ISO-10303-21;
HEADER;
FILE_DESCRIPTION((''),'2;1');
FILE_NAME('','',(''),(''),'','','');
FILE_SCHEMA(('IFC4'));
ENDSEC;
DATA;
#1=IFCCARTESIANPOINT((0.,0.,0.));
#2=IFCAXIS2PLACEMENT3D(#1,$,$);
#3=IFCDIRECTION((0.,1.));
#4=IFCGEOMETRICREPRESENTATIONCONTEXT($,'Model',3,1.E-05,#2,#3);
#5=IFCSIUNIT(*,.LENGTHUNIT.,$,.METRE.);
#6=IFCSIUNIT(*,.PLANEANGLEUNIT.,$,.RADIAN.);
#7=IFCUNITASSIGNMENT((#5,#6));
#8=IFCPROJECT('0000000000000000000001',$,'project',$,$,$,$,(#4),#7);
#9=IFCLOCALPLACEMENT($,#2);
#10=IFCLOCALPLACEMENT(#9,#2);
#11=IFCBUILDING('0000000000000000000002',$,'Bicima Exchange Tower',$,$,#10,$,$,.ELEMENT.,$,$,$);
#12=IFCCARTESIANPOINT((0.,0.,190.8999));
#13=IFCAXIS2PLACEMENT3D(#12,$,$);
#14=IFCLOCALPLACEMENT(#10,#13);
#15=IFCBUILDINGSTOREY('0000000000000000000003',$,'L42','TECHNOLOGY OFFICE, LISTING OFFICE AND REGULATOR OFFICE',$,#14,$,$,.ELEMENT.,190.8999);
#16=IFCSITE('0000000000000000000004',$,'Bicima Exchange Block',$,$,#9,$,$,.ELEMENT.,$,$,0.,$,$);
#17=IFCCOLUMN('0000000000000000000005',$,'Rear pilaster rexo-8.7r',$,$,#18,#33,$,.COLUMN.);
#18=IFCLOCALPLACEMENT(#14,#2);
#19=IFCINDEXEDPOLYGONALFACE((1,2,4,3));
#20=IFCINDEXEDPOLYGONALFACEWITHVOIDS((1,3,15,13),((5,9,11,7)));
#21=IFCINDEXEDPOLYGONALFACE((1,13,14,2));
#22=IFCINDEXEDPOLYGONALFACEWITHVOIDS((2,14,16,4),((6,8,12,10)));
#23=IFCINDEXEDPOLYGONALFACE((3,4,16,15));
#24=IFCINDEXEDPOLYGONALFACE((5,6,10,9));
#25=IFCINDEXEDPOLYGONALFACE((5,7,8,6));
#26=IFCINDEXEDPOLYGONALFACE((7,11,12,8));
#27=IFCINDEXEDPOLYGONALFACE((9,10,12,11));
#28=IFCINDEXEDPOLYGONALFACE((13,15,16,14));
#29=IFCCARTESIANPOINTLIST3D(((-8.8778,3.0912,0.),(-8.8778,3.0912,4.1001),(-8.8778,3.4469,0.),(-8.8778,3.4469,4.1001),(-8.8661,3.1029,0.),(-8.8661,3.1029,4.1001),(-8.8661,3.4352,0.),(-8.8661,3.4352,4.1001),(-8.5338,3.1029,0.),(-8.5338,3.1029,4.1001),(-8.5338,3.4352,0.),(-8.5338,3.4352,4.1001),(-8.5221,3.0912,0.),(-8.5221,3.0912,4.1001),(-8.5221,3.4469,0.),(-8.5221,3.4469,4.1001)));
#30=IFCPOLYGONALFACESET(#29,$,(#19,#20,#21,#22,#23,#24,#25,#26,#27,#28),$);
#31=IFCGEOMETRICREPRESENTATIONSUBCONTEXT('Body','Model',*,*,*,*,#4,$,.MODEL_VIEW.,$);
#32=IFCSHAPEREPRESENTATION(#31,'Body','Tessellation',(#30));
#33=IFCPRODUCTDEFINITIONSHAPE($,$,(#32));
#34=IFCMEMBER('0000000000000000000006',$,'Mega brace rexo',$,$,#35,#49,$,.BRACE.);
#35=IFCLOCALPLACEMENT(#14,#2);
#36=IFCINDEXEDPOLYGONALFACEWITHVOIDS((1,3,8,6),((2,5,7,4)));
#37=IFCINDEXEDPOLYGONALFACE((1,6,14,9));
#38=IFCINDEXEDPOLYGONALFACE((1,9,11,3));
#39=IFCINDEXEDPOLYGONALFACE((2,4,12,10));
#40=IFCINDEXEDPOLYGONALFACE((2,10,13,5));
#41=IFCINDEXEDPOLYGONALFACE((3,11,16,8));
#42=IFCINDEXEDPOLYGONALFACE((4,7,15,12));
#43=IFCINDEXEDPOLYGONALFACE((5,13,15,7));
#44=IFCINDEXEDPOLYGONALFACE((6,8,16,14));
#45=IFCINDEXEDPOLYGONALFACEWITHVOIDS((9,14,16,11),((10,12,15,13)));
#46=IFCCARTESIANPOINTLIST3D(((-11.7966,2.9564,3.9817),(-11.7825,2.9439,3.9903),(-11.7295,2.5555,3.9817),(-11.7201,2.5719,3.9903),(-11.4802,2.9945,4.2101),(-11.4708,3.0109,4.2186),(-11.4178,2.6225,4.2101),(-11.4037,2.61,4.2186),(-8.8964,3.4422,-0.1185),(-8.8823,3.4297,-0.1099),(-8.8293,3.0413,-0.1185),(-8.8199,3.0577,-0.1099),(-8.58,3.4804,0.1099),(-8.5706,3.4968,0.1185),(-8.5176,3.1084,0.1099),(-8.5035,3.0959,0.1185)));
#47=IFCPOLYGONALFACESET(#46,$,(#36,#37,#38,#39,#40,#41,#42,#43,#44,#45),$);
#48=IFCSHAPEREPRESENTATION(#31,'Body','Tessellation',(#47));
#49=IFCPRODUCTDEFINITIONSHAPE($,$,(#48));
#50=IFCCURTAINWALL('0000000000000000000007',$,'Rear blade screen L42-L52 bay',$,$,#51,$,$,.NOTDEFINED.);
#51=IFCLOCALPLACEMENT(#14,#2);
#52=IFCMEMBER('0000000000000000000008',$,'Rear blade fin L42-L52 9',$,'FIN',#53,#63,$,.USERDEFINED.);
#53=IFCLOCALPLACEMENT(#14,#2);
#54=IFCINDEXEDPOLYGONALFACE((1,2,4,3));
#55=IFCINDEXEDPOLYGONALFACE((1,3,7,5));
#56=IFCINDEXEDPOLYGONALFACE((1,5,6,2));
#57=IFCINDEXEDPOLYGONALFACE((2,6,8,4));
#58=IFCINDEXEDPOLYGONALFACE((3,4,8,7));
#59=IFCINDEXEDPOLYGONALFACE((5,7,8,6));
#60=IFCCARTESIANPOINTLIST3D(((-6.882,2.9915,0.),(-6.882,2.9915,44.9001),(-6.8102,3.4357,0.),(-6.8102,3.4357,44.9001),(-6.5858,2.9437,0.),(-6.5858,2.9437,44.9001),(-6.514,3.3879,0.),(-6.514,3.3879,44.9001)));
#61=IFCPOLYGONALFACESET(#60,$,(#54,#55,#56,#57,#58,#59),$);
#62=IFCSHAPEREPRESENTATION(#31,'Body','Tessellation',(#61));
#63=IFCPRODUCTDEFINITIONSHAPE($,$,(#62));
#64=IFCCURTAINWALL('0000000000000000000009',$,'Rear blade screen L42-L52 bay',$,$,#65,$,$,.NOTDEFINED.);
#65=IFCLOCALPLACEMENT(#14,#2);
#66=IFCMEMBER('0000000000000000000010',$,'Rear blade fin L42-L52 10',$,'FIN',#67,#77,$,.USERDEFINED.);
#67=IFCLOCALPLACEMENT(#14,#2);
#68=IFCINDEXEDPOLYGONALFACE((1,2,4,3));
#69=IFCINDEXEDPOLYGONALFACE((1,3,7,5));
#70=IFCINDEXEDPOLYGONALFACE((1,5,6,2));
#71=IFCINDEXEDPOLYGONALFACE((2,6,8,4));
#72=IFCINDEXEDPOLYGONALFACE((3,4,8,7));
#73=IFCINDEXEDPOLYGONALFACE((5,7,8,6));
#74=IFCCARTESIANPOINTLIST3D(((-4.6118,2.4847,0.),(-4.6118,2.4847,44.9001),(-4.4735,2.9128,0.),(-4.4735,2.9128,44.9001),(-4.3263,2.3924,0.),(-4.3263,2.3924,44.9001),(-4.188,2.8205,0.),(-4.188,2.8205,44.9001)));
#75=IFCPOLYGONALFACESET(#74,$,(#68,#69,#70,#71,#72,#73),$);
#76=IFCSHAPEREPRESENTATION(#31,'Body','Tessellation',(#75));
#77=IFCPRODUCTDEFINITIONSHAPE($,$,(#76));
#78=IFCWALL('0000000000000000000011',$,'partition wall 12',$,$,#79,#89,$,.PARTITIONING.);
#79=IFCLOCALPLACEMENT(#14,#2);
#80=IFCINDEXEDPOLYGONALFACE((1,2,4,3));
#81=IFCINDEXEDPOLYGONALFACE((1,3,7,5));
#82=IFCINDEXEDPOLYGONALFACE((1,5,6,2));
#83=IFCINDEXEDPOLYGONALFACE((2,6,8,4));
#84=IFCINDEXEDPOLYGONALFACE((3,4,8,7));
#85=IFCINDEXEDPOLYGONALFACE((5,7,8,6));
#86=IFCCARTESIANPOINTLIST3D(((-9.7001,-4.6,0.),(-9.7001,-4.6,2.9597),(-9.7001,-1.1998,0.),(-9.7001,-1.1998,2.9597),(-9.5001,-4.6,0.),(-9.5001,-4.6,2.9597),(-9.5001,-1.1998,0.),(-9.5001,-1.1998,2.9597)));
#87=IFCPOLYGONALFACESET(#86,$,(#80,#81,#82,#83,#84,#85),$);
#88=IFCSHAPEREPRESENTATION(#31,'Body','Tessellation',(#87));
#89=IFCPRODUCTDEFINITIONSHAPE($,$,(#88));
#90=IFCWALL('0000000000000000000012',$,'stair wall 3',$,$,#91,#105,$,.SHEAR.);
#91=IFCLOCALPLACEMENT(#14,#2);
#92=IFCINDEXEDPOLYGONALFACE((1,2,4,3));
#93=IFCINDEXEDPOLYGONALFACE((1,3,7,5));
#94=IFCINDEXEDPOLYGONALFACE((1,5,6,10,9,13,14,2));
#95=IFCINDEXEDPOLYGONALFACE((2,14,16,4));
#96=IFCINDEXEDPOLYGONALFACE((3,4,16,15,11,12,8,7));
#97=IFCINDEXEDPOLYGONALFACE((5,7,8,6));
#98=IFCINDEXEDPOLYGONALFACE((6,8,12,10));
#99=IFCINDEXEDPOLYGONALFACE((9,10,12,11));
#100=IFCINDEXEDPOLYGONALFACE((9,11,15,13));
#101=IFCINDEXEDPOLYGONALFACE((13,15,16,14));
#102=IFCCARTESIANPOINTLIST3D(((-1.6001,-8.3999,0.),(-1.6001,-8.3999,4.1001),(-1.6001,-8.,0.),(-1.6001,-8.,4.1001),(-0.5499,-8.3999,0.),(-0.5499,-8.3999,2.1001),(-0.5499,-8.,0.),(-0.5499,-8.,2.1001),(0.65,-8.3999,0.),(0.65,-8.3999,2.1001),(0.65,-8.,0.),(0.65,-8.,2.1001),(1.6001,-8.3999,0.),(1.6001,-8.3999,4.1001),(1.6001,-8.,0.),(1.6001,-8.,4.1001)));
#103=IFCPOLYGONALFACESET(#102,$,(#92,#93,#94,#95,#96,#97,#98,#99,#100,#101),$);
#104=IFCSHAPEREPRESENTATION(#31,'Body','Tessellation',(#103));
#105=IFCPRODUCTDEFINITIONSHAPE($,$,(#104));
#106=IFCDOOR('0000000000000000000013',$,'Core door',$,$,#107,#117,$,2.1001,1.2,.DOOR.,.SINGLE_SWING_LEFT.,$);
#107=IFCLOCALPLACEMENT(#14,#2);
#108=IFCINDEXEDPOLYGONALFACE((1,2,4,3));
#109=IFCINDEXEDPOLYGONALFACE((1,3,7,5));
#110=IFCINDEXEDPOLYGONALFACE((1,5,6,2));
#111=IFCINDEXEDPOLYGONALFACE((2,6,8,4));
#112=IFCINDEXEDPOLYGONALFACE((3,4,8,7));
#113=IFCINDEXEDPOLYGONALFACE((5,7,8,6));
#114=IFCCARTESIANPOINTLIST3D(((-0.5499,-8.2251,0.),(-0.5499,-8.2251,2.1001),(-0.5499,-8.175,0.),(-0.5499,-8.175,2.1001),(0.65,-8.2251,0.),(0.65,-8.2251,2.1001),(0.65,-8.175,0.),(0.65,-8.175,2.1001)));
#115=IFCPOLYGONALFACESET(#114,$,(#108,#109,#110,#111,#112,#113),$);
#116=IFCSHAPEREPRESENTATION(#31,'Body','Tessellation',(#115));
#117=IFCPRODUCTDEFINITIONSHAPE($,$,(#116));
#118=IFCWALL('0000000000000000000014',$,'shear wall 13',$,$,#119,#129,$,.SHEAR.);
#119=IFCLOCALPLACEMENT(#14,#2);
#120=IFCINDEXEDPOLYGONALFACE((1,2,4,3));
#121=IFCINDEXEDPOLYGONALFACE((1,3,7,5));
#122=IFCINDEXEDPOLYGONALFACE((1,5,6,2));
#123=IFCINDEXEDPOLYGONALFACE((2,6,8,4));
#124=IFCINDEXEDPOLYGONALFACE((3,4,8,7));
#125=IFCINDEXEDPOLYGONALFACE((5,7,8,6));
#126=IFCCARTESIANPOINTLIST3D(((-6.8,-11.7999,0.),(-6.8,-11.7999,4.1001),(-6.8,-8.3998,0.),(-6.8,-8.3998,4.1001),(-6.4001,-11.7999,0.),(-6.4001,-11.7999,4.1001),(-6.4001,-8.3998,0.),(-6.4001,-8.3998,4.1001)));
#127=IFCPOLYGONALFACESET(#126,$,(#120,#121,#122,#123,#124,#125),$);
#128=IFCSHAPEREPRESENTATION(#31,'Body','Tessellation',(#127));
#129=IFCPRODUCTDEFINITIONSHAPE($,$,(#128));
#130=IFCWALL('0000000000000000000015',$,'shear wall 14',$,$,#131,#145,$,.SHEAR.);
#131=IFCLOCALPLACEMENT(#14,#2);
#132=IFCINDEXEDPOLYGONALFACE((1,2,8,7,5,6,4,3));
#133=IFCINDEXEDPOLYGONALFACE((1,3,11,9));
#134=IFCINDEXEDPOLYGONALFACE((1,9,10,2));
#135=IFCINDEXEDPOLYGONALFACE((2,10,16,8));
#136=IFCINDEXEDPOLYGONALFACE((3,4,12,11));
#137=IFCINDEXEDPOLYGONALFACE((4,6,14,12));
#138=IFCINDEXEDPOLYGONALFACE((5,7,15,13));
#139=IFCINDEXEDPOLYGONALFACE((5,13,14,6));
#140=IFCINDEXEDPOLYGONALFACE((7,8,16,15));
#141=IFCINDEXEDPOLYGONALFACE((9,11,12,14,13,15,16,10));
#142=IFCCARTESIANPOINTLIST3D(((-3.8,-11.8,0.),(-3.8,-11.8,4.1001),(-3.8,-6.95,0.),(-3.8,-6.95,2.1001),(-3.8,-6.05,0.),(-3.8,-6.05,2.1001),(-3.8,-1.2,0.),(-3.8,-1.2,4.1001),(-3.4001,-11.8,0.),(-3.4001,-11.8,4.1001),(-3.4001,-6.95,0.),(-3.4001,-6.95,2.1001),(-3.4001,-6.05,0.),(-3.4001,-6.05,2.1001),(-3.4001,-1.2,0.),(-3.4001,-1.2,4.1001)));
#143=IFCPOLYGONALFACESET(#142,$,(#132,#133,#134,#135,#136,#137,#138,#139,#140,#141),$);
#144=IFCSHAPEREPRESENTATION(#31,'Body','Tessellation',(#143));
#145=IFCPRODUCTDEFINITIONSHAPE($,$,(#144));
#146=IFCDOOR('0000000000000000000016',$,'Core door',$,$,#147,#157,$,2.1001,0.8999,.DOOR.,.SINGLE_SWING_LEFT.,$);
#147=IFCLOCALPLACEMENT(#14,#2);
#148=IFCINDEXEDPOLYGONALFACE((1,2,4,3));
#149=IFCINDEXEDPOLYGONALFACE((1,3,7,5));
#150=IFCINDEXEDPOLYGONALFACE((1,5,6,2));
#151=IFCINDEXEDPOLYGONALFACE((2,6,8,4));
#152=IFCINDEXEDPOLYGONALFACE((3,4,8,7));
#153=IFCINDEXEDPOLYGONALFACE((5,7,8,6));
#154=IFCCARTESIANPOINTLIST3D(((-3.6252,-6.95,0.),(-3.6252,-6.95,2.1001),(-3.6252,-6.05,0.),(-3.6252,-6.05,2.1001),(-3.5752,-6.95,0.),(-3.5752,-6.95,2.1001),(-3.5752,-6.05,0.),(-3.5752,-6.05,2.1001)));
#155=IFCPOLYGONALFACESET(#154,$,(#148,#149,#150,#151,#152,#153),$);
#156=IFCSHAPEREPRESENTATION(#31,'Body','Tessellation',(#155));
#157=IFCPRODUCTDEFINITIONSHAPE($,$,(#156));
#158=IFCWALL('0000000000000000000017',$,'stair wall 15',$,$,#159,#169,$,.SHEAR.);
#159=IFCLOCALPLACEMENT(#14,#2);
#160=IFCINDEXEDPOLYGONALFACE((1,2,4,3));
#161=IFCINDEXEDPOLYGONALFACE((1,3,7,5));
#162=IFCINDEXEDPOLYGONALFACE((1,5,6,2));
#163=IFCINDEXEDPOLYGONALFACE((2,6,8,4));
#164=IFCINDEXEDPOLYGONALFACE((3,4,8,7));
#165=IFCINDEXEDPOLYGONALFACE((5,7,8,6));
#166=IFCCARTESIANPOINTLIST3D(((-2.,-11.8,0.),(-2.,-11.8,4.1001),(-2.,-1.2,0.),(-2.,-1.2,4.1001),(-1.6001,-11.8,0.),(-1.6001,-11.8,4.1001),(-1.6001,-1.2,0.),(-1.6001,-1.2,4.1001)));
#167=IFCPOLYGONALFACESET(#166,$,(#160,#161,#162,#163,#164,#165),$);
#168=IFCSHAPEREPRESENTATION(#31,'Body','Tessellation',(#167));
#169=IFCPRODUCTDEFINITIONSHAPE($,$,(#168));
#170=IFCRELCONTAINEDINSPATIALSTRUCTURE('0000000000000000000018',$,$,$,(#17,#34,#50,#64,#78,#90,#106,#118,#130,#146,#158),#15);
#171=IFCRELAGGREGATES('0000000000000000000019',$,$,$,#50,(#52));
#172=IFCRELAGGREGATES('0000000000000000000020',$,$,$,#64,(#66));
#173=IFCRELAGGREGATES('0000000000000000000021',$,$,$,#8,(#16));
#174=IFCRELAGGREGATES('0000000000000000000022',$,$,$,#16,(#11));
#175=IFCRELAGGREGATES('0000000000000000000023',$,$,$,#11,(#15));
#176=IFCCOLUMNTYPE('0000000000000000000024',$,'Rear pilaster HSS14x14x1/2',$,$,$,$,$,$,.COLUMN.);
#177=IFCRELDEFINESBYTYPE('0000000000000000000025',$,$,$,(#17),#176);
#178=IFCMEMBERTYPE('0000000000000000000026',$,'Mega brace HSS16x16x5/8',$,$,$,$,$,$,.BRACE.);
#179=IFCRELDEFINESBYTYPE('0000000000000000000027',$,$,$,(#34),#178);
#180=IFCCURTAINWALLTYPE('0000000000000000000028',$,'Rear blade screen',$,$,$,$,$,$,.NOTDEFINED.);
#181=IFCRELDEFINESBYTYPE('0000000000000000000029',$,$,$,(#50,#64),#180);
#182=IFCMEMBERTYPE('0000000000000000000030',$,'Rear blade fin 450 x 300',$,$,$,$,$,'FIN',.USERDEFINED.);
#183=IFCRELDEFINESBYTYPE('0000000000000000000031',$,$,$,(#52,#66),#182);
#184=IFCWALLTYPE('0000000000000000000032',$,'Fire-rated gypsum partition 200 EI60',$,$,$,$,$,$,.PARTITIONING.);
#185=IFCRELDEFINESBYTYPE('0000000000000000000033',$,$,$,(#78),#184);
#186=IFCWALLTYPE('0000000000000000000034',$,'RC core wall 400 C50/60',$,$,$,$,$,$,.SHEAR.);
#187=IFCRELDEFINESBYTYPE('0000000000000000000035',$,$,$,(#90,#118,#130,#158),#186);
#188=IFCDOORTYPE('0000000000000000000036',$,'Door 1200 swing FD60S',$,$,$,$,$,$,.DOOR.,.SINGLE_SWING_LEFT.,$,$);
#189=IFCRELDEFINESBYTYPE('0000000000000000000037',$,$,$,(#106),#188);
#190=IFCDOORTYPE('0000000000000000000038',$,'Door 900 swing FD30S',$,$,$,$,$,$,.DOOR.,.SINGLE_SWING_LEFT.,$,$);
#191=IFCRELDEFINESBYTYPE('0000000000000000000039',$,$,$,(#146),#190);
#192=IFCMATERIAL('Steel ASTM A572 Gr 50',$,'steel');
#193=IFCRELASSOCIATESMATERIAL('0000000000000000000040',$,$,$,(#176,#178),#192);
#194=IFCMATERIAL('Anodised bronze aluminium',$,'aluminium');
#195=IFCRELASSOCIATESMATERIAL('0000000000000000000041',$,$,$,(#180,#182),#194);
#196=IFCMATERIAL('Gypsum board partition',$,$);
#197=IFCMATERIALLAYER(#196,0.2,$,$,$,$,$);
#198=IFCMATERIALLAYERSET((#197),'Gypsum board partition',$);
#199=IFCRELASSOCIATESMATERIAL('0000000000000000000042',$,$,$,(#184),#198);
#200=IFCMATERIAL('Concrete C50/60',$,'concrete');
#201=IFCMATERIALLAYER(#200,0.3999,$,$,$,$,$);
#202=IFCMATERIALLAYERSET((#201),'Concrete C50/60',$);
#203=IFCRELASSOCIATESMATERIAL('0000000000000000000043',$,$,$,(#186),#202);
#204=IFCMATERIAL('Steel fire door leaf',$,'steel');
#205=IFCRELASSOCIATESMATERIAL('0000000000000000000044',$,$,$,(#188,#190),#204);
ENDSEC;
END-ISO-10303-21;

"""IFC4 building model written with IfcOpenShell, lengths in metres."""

from ifc_helpers import new_model, si_unit, direction, frame, frame_2d, origin, origin_2d, place, context, subcontext, project, spatial, rectangle, hollow_rectangle, extrude, material, layer, layer_set, material_profile, profile_set, type_object, element, fill, aggregate, save


model = new_model("IFC4")

# Units and contexts
model_context = context("Model", 3, precision=1e-05, world=origin(), true_north=direction((0.0, 1.0)))
body_context = subcontext(model_context, "Body", "Model", "MODEL_VIEW")
ifc_project = project(units=[si_unit("LENGTHUNIT", "METRE"), si_unit("PLANEANGLEUNIT", "RADIAN")], contexts=[model_context])

# Site, building, storey
site_placement = place(None, origin())
site = spatial("IfcSite", under=ifc_project, at=site_placement, Name="Bicima Exchange Block", CompositionType="ELEMENT", RefElevation=0.0)
building_placement = place(site_placement, origin())
building = spatial("IfcBuilding", under=site, at=building_placement, Name="Bicima Exchange Tower", CompositionType="ELEMENT")
storey_placement = place(building_placement, frame((0.0, 0.0, 190.8999)))
storey = spatial("IfcBuildingStorey", under=building, at=storey_placement, Name="L42", Description="TECHNOLOGY OFFICE, LISTING OFFICE AND REGULATOR OFFICE", CompositionType="ELEMENT", Elevation=190.8999)

# Column
ifc_material_1 = material(Name="Steel ASTM A572 Gr 50", Category="steel")
ifc_material_profile_1 = material_profile(ifc_material_1, hollow_rectangle(XDim=0.3557, YDim=0.3557, WallThickness=0.0117, at=origin_2d()))
ifc_profile_set_1 = profile_set([ifc_material_profile_1], Name="Steel ASTM A572 Gr 50")
column_type = type_object("IfcColumnType", Name="Rear pilaster HSS14x14x1/2", PredefinedType="COLUMN", material=ifc_profile_set_1)
column_placement = place(storey_placement, frame((-8.7, 3.269, 0.0), z_axis=(0.0, 0.0, 1.0), x_axis=(1.0, 0.0, 0.0)))
element("IfcColumn", 1, at=column_placement, inside=storey, type_object=column_type, Name="Rear pilaster rexo-8.7r", PredefinedType="COLUMN", context=body_context, shape_type="SweptSolid", body=[
    extrude(hollow_rectangle(XDim=0.3557, YDim=0.3557, WallThickness=0.0117, at=origin_2d()), origin(), (0.0, 0.0, 1.0), 4.1001),
])

# Member
ifc_material_profile_2 = material_profile(ifc_material_1, hollow_rectangle(XDim=0.4065, YDim=0.4065, WallThickness=0.0146, at=origin_2d()))
ifc_profile_set_2 = profile_set([ifc_material_profile_2], Name="Steel ASTM A572 Gr 50")
member_type_1 = type_object("IfcMemberType", Name="Mega brace HSS16x16x5/8", PredefinedType="BRACE", material=ifc_profile_set_2)
member_1_placement = place(storey_placement, frame((-8.7, 3.269, 0.0), z_axis=(-0.574792, -0.096291, 0.812615), x_axis=(0.16522, -0.986257, 0.0)))
element("IfcMember", 2, at=member_1_placement, inside=storey, type_object=member_type_1, Name="Mega brace rexo", PredefinedType="BRACE", context=body_context, shape_type="SweptSolid", body=[
    extrude(hollow_rectangle(XDim=0.4065, YDim=0.4065, WallThickness=0.0146, at=origin_2d()), origin(), (0.0, 0.0, 1.0), 5.0457),
])

# Curtain walls, members
ifc_material_2 = material(Name="Anodised bronze aluminium", Category="aluminium")
curtain_wall_type = type_object("IfcCurtainWallType", Name="Rear blade screen", PredefinedType="NOTDEFINED", material=ifc_material_2)
curtain_wall_1_placement = place(storey_placement, origin())
curtain_wall_1 = element("IfcCurtainWall", 3, at=curtain_wall_1_placement, inside=storey, type_object=curtain_wall_type, Name="Rear blade screen L42-L52 bay", PredefinedType="NOTDEFINED")
ifc_material_profile_3 = material_profile(ifc_material_2, rectangle(XDim=0.45, YDim=0.3, at=origin_2d()))
ifc_profile_set_3 = profile_set([ifc_material_profile_3], Name="Anodised bronze aluminium")
member_type_2 = type_object("IfcMemberType", Name="Rear blade fin 450 x 300", ElementType="FIN", PredefinedType="USERDEFINED", material=ifc_profile_set_3)
member_2_placement = place(storey_placement, frame((-6.698, 3.1897, 0.0), z_axis=(0.0, 0.0, 1.0), x_axis=(0.159549, 0.98719, 0.0)))
member_2 = element("IfcMember", 4, at=member_2_placement, type_object=member_type_2, Name="Rear blade fin L42-L52 9", ObjectType="FIN", PredefinedType="USERDEFINED", context=body_context, shape_type="SweptSolid", body=[
    extrude(rectangle(XDim=0.45, YDim=0.3, at=origin_2d()), origin(), (0.0, 0.0, 1.0), 44.9001),
])
aggregate(curtain_wall_1, [member_2])
curtain_wall_2_placement = place(storey_placement, origin())
curtain_wall_2 = element("IfcCurtainWall", 5, at=curtain_wall_2_placement, inside=storey, type_object=curtain_wall_type, Name="Rear blade screen L42-L52 bay", PredefinedType="NOTDEFINED")
member_3_placement = place(storey_placement, frame((-4.3999, 2.6526, 0.0), z_axis=(0.0, 0.0, 1.0), x_axis=(0.307568, 0.951526, 0.0)))
member_3 = element("IfcMember", 6, at=member_3_placement, type_object=member_type_2, Name="Rear blade fin L42-L52 10", ObjectType="FIN", PredefinedType="USERDEFINED", context=body_context, shape_type="SweptSolid", body=[
    extrude(rectangle(XDim=0.45, YDim=0.3, at=origin_2d()), origin(), (0.0, 0.0, 1.0), 44.9001),
])
aggregate(curtain_wall_2, [member_3])

# Wall
ifc_material_3 = material(Name="Gypsum board partition")
ifc_layer_1 = layer(ifc_material_3, 0.2)
ifc_layer_set_1 = layer_set([ifc_layer_1], Name="Gypsum board partition")
wall_type_1 = type_object("IfcWallType", Name="Fire-rated gypsum partition 200 EI60", PredefinedType="PARTITIONING", material=ifc_layer_set_1)
wall_1_placement = place(storey_placement, frame((-9.6001, -4.6001, 0.0), z_axis=(0.0, 0.0, 1.0), x_axis=(0.0, 1.0, 0.0)))
element("IfcWall", 7, at=wall_1_placement, inside=storey, type_object=wall_type_1, Name="partition wall 12", PredefinedType="PARTITIONING", context=body_context, shape_type="SweptSolid", body=[
    extrude(rectangle(XDim=3.4001, YDim=0.2, at=frame_2d((1.7002, 0.0))), origin(), (0.0, 0.0, 1.0), 2.9597),
])

# Wall, opening, door
ifc_material_4 = material(Name="Concrete C50/60", Category="concrete")
ifc_layer_2 = layer(ifc_material_4, 0.3999)
ifc_layer_set_2 = layer_set([ifc_layer_2], Name="Concrete C50/60")
wall_type_2 = type_object("IfcWallType", Name="RC core wall 400 C50/60", PredefinedType="SHEAR", material=ifc_layer_set_2)
wall_2_placement = place(storey_placement, frame((-1.6001, -8.2, 0.0), z_axis=(0.0, 0.0, 1.0), x_axis=(1.0, 0.0, 0.0)))
wall_2 = element("IfcWall", 8, at=wall_2_placement, inside=storey, type_object=wall_type_2, Name="stair wall 3", PredefinedType="SHEAR", context=body_context, shape_type="SweptSolid", body=[
    extrude(rectangle(XDim=3.2002, YDim=0.3999, at=frame_2d((1.6001, 0.0))), origin(), (0.0, 0.0, 1.0), 4.1001),
])
opening_1_placement = place(wall_2_placement, frame((1.05, 0.0, 0.0)))
opening_1 = element("IfcOpeningElement", 9, at=opening_1_placement, cuts=wall_2, PredefinedType="OPENING", context=body_context, shape_type="SweptSolid", body=[
    extrude(rectangle(XDim=1.2, YDim=2.1001, at=frame_2d((0.6001, 1.05))), frame((0.0, 0.2119, 0.0), z_axis=(0.0, -1.0, 0.0), x_axis=(1.0, 0.0, 0.0)), (0.0, 0.0, 1.0), 0.4238),
])
ifc_material_5 = material(Name="Steel fire door leaf", Category="steel")
door_type_1 = type_object("IfcDoorType", Name="Door 1200 swing FD60S", OperationType="SINGLE_SWING_LEFT", PredefinedType="DOOR", material=ifc_material_5)
door_1_placement = place(opening_1_placement, origin())
door_1 = element("IfcDoor", 10, at=door_1_placement, inside=storey, type_object=door_type_1, Name="Core door", OperationType="SINGLE_SWING_LEFT", OverallHeight=2.1001, OverallWidth=1.2, PredefinedType="DOOR", context=body_context, shape_type="SweptSolid", body=[
    extrude(rectangle(XDim=1.2, YDim=2.1001, at=frame_2d((0.6001, 1.05))), frame((0.0, 0.0249, 0.0), z_axis=(0.0, -1.0, 0.0), x_axis=(1.0, 0.0, 0.0)), (0.0, 0.0, 1.0), 0.05),
])
fill(opening_1, door_1)

# Wall
wall_3_placement = place(storey_placement, frame((-6.6001, -11.8, 0.0), z_axis=(0.0, 0.0, 1.0), x_axis=(0.0, 1.0, 0.0)))
element("IfcWall", 11, at=wall_3_placement, inside=storey, type_object=wall_type_2, Name="shear wall 13", PredefinedType="SHEAR", context=body_context, shape_type="SweptSolid", body=[
    extrude(rectangle(XDim=3.4001, YDim=0.3999, at=frame_2d((1.7002, 0.0))), origin(), (0.0, 0.0, 1.0), 4.1001),
])

# Wall, opening, door
wall_4_placement = place(storey_placement, frame((-3.6001, -11.8, 0.0), z_axis=(0.0, 0.0, 1.0), x_axis=(0.0, 1.0, 0.0)))
wall_4 = element("IfcWall", 12, at=wall_4_placement, inside=storey, type_object=wall_type_2, Name="shear wall 14", PredefinedType="SHEAR", context=body_context, shape_type="SweptSolid", body=[
    extrude(rectangle(XDim=10.6001, YDim=0.3999, at=frame_2d((5.3, 0.0))), origin(), (0.0, 0.0, 1.0), 4.1001),
])
opening_2_placement = place(wall_4_placement, frame((4.8501, 0.0, 0.0)))
opening_2 = element("IfcOpeningElement", 13, at=opening_2_placement, cuts=wall_4, PredefinedType="OPENING", context=body_context, shape_type="SweptSolid", body=[
    extrude(rectangle(XDim=0.8999, YDim=2.1001, at=frame_2d((0.45, 1.05))), frame((0.0, 0.2119, 0.0), z_axis=(0.0, -1.0, 0.0), x_axis=(1.0, 0.0, 0.0)), (0.0, 0.0, 1.0), 0.4238),
])
door_type_2 = type_object("IfcDoorType", Name="Door 900 swing FD30S", OperationType="SINGLE_SWING_LEFT", PredefinedType="DOOR", material=ifc_material_5)
door_2_placement = place(opening_2_placement, frame((0.8999, 0.0, 0.0), z_axis=(0.0, 0.0, 1.0), x_axis=(-1.0, 0.0, 0.0)))
door_2 = element("IfcDoor", 14, at=door_2_placement, inside=storey, type_object=door_type_2, Name="Core door", OperationType="SINGLE_SWING_LEFT", OverallHeight=2.1001, OverallWidth=0.8999, PredefinedType="DOOR", context=body_context, shape_type="SweptSolid", body=[
    extrude(rectangle(XDim=0.8999, YDim=2.1001, at=frame_2d((0.45, 1.05))), frame((0.0, 0.0249, 0.0), z_axis=(0.0, -1.0, 0.0), x_axis=(1.0, 0.0, 0.0)), (0.0, 0.0, 1.0), 0.05),
])
fill(opening_2, door_2)

# Wall
wall_5_placement = place(storey_placement, frame((-1.8, -11.8, 0.0), z_axis=(0.0, 0.0, 1.0), x_axis=(0.0, 1.0, 0.0)))
element("IfcWall", 15, at=wall_5_placement, inside=storey, type_object=wall_type_2, Name="stair wall 15", PredefinedType="SHEAR", context=body_context, shape_type="SweptSolid", body=[
    extrude(rectangle(XDim=10.6001, YDim=0.3999, at=frame_2d((5.3, 0.0))), origin(), (0.0, 0.0, 1.0), 4.1001),
])

save(model, "model.ifc")
